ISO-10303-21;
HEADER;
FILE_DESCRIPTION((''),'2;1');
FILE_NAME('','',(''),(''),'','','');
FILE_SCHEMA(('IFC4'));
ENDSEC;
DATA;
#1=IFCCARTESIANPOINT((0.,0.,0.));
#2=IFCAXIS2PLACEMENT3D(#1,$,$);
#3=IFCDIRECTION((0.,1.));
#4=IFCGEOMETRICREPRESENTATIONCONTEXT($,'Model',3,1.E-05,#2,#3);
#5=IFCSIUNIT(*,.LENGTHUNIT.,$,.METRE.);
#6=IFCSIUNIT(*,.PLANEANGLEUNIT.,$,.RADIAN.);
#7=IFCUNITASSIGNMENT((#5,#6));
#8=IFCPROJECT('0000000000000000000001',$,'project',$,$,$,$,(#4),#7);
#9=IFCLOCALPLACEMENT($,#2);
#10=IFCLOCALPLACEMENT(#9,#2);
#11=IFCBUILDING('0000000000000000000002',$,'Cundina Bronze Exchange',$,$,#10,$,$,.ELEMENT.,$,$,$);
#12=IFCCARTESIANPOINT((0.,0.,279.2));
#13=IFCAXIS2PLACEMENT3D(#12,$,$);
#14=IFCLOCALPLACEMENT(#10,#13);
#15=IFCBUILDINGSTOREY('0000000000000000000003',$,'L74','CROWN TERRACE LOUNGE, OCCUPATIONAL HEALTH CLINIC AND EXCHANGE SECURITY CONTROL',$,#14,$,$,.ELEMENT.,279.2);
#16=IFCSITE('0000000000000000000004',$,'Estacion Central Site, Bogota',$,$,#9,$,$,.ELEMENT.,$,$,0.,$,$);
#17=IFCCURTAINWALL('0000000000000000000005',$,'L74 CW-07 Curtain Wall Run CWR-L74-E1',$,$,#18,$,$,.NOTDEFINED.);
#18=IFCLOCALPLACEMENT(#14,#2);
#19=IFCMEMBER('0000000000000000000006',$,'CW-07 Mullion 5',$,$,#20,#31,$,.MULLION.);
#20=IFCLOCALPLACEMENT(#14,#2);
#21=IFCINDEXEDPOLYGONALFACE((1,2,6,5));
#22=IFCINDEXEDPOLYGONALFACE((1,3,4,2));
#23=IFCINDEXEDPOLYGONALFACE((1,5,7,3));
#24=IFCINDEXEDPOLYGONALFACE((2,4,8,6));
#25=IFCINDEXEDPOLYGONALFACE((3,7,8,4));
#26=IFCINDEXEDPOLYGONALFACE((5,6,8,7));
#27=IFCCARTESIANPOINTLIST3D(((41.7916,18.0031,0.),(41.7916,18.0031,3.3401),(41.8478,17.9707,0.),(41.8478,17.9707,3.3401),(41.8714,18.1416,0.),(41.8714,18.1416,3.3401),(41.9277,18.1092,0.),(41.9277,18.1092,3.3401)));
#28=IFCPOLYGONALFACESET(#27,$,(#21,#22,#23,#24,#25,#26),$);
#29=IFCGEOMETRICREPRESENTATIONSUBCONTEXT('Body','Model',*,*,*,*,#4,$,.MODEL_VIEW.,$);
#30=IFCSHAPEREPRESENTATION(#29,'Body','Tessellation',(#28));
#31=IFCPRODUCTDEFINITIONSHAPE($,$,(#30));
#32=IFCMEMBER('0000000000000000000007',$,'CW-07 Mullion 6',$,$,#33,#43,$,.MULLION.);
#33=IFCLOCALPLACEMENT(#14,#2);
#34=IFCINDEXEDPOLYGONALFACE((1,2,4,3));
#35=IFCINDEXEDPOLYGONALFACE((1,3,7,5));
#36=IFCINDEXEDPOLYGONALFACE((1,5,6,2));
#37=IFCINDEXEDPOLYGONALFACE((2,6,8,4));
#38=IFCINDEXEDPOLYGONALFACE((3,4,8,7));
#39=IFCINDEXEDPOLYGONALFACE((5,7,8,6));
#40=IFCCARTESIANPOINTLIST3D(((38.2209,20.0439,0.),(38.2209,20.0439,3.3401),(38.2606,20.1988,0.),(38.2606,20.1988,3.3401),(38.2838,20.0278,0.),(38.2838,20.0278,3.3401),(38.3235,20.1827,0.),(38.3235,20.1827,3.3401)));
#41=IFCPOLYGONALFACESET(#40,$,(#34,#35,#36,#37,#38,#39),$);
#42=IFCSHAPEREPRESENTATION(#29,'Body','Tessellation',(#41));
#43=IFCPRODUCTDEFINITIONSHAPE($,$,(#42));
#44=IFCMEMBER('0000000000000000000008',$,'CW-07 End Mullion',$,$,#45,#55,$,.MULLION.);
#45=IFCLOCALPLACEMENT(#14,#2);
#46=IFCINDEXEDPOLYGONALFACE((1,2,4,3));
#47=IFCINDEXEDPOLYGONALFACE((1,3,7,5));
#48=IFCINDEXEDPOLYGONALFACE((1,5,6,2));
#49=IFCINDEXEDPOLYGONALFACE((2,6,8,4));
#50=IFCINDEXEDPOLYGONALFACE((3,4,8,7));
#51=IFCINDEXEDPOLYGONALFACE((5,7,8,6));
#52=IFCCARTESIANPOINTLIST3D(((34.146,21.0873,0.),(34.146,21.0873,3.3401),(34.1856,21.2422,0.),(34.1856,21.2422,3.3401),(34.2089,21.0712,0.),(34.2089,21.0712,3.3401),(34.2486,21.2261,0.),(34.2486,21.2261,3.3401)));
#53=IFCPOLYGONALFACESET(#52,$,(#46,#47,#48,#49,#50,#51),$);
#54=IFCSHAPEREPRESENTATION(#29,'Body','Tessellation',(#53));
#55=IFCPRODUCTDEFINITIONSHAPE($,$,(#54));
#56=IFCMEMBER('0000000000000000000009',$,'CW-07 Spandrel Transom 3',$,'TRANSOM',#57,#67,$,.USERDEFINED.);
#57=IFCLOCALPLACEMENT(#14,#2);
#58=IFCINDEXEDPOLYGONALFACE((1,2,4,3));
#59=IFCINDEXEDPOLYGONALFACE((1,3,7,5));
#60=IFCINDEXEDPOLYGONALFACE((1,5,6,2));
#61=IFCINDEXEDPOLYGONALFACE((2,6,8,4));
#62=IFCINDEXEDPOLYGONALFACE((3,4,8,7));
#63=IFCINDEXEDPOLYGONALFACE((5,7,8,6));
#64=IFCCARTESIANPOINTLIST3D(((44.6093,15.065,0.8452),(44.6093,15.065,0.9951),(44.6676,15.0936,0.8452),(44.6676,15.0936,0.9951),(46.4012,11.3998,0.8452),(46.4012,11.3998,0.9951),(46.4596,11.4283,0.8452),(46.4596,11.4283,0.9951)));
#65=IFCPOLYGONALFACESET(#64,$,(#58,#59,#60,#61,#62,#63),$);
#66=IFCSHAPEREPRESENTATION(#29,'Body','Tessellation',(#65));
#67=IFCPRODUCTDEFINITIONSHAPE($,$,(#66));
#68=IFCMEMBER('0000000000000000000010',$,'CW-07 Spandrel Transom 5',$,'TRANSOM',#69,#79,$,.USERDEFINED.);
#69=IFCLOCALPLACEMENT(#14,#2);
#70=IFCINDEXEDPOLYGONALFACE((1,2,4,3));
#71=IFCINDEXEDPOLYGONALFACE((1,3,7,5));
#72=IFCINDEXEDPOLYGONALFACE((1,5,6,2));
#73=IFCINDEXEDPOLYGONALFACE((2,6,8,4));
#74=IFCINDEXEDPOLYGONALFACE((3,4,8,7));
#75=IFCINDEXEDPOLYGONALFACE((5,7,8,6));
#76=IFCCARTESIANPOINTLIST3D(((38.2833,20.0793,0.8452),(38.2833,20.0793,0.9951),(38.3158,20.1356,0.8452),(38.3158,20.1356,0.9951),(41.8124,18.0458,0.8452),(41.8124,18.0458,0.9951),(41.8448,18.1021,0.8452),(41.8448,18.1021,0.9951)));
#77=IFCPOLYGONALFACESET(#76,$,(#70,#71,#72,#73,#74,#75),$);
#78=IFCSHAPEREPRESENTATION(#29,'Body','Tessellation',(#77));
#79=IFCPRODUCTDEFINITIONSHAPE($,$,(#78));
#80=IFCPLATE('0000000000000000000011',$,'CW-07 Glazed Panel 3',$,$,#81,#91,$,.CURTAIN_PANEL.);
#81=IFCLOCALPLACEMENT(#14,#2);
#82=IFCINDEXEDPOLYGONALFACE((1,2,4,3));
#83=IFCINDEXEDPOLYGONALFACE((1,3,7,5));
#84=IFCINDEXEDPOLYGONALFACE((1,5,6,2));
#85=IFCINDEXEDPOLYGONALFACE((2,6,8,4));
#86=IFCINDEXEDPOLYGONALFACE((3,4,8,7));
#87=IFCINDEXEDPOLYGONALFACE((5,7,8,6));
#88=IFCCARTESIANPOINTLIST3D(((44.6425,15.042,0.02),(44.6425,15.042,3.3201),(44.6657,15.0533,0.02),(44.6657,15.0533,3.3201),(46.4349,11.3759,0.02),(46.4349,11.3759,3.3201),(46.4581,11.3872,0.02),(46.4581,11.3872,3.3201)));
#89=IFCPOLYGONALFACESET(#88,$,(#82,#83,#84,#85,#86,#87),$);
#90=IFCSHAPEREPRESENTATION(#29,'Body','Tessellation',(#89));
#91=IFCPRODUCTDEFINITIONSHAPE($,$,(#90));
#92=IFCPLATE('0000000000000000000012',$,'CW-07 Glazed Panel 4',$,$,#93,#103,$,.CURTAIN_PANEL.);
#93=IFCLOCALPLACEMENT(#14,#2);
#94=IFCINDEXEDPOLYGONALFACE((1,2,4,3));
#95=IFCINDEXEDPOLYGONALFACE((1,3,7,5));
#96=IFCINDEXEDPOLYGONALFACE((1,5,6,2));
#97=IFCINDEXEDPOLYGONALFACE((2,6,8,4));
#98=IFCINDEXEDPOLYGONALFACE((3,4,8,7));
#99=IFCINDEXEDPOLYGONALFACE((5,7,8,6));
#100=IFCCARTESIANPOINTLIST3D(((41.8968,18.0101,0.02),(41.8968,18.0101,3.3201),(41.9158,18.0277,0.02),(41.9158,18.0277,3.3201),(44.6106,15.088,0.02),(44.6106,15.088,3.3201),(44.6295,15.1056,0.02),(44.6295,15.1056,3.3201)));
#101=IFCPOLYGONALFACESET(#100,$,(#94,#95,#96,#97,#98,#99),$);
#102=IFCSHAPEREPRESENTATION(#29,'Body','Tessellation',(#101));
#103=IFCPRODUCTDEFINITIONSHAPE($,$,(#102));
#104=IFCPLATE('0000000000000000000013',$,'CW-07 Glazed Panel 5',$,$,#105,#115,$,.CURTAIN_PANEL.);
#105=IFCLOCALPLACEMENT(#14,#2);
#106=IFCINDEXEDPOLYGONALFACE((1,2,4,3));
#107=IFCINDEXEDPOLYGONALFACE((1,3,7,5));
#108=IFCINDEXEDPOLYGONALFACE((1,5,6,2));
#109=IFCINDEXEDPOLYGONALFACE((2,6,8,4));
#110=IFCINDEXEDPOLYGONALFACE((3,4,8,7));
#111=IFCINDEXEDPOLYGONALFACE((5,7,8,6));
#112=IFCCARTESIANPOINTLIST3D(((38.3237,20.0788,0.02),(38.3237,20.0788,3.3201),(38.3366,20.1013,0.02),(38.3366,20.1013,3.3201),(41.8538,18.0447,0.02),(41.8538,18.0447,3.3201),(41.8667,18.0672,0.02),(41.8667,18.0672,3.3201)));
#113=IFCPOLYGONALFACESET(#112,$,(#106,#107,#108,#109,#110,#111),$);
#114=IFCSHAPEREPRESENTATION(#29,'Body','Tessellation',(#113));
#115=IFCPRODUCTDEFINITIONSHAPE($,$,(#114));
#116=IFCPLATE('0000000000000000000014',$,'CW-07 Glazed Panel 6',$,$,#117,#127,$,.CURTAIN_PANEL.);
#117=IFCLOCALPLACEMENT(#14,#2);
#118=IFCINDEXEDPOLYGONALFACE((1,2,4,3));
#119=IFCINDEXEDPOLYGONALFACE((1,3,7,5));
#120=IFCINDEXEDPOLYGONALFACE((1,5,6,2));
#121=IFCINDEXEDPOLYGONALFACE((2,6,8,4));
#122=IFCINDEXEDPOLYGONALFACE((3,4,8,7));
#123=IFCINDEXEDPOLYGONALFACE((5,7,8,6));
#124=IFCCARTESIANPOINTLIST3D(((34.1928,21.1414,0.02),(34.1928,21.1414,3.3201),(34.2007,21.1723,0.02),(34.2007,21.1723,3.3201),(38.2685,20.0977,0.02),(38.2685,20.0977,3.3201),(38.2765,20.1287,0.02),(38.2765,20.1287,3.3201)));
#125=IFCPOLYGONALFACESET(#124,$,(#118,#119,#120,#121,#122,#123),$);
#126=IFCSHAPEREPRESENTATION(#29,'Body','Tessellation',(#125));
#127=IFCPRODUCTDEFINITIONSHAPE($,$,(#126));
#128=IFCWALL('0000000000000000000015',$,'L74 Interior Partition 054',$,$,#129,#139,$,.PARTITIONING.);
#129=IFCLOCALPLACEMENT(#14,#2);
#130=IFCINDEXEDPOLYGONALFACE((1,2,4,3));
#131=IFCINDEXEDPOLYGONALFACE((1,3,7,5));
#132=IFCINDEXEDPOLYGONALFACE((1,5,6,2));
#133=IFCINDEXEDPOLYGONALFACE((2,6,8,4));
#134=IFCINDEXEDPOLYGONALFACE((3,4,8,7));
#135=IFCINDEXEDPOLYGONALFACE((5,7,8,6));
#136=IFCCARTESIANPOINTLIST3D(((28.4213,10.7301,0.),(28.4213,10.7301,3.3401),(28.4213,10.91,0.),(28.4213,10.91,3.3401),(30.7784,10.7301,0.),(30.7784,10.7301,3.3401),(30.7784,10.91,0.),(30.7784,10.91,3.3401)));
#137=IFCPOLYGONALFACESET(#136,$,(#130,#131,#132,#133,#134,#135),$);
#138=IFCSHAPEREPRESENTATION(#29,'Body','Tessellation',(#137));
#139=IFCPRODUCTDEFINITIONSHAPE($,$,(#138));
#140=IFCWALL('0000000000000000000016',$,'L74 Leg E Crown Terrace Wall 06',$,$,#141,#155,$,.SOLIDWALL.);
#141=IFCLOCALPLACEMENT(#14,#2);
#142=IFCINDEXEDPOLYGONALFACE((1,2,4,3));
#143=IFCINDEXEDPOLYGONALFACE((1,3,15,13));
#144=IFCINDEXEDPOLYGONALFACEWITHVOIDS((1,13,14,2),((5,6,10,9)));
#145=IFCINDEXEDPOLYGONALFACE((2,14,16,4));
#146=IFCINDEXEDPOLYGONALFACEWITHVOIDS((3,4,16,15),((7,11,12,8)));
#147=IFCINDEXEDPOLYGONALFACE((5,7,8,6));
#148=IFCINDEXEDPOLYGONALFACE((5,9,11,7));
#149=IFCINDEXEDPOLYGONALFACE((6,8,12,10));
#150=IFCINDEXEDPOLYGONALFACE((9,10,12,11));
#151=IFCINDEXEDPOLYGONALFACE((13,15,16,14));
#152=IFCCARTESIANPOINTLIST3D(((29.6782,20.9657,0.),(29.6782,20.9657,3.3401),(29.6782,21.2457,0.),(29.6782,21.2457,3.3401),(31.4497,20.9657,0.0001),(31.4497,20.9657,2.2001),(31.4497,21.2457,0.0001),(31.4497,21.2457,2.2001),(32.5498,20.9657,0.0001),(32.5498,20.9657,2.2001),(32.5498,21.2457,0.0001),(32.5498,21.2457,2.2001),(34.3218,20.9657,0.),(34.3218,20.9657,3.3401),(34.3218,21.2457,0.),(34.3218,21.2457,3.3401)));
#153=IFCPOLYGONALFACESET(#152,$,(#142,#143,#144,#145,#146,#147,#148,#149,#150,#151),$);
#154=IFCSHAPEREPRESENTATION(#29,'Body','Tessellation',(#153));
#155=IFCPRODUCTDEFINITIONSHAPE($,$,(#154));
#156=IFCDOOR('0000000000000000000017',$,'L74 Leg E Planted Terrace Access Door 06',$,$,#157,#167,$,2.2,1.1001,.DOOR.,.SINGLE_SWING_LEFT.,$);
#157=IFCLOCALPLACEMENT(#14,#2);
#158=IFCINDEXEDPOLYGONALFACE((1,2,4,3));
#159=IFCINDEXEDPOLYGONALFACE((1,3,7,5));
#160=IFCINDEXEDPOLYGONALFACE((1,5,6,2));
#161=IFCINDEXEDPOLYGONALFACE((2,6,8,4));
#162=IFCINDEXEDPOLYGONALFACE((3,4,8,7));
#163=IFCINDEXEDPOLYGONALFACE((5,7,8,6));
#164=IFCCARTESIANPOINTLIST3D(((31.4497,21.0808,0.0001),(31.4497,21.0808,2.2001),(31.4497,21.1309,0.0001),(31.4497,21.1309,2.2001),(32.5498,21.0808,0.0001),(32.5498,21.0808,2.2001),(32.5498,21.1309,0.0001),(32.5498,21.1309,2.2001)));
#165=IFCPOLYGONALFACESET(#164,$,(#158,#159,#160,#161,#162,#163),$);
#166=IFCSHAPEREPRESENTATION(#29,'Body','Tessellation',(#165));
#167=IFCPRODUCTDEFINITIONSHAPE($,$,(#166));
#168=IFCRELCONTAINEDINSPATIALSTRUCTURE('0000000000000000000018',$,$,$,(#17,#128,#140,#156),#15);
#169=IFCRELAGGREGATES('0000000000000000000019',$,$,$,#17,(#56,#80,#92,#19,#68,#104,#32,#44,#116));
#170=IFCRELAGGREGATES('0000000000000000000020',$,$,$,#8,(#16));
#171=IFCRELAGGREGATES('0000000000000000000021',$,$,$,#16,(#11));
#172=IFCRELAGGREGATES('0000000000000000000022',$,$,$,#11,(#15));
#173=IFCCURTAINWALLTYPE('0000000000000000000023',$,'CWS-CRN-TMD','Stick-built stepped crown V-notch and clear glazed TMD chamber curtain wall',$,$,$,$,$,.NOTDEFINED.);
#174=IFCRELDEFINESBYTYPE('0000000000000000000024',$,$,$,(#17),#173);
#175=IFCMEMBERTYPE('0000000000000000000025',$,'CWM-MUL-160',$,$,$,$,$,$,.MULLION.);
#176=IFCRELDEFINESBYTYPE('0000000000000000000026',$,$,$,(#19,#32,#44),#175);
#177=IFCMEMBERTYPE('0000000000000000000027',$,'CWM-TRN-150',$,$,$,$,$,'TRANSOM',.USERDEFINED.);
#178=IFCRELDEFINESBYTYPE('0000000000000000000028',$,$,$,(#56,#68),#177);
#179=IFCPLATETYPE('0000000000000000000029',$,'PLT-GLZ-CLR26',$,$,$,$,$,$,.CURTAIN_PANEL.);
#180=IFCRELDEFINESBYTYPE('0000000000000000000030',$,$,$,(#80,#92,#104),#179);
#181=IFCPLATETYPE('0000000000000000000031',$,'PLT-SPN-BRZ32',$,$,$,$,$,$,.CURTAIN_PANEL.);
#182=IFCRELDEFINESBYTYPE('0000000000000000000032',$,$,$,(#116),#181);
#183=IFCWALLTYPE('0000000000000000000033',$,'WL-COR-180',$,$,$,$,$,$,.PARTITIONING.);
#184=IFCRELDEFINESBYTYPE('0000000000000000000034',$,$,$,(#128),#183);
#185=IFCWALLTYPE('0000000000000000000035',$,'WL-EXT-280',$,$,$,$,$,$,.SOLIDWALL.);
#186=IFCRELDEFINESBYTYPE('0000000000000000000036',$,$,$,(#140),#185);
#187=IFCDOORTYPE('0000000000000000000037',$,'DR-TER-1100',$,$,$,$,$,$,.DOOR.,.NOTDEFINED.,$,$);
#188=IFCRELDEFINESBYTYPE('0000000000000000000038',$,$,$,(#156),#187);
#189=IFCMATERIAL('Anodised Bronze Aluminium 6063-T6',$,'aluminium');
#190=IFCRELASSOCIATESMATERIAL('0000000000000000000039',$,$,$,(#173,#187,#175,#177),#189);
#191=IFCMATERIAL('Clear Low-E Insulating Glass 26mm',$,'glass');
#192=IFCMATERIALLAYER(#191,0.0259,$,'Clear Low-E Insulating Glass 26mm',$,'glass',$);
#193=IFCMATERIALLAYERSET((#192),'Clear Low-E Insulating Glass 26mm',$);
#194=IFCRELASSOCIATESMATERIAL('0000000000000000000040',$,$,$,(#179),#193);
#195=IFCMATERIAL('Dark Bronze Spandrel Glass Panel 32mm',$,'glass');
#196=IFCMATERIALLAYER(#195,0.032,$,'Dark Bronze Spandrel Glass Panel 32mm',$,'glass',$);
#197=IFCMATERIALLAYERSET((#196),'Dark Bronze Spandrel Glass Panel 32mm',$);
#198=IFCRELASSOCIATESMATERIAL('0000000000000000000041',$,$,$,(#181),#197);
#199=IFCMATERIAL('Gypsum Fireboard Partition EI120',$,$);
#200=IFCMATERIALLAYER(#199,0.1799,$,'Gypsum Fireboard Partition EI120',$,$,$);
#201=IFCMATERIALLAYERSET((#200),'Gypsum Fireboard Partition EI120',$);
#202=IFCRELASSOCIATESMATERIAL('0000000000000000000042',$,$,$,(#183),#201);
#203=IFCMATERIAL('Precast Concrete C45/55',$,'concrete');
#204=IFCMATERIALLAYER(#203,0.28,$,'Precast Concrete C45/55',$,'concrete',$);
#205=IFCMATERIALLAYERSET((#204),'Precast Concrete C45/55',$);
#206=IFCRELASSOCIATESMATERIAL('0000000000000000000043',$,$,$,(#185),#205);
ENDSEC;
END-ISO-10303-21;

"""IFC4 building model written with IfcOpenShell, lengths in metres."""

from ifc_helpers import new_model, si_unit, direction, frame, frame_2d, origin, origin_2d, place, context, subcontext, project, spatial, rectangle, extrude, material, layer, layer_set, material_profile, profile_set, type_object, element, fill, aggregate, save


model = new_model("IFC4")

# Units and contexts
model_context = context("Model", 3, precision=1e-05, world=origin(), true_north=direction((0.0, 1.0)))
body_context = subcontext(model_context, "Body", "Model", "MODEL_VIEW")
ifc_project = project(units=[si_unit("LENGTHUNIT", "METRE"), si_unit("PLANEANGLEUNIT", "RADIAN")], contexts=[model_context])

# Site, building, storey
site_placement = place(None, origin())
site = spatial("IfcSite", under=ifc_project, at=site_placement, Name="Estacion Central Site, Bogota", CompositionType="ELEMENT", RefElevation=0.0)
building_placement = place(site_placement, origin())
building = spatial("IfcBuilding", under=site, at=building_placement, Name="Cundina Bronze Exchange", CompositionType="ELEMENT")
storey_placement = place(building_placement, frame((0.0, 0.0, 279.2)))
storey = spatial("IfcBuildingStorey", under=building, at=storey_placement, Name="L74", Description="CROWN TERRACE LOUNGE, OCCUPATIONAL HEALTH CLINIC AND EXCHANGE SECURITY CONTROL", CompositionType="ELEMENT", Elevation=279.2)

# Curtain wall, members, plates
ifc_material_1 = material(Name="Anodised Bronze Aluminium 6063-T6", Category="aluminium")
curtain_wall_type = type_object("IfcCurtainWallType", Name="CWS-CRN-TMD", Description="Stick-built stepped crown V-notch and clear glazed TMD chamber curtain wall", PredefinedType="NOTDEFINED", material=ifc_material_1)
curtain_wall_placement = place(storey_placement, origin())
curtain_wall = element("IfcCurtainWall", 1, at=curtain_wall_placement, inside=storey, type_object=curtain_wall_type, Name="L74 CW-07 Curtain Wall Run CWR-L74-E1", PredefinedType="NOTDEFINED")
ifc_material_profile_1 = material_profile(ifc_material_1, rectangle(XDim=0.0649, YDim=0.1599, at=origin_2d()), Name="AL65X160", Category="aluminium")
ifc_profile_set_1 = profile_set([ifc_material_profile_1], Name="Anodised Bronze Aluminium 6063-T6")
member_type_1 = type_object("IfcMemberType", Name="CWM-MUL-160", PredefinedType="MULLION", material=ifc_profile_set_1)
member_1_placement = place(storey_placement, frame((41.8596, 18.0562, 0.0), z_axis=(0.0, 0.0, 1.0), x_axis=(-0.866461, 0.499244, 0.0)))
member_1 = element("IfcMember", 2, at=member_1_placement, type_object=member_type_1, Name="CW-07 Mullion 5", PredefinedType="MULLION", context=body_context, shape_type="SweptSolid", body=[
    extrude(rectangle(XDim=0.0649, YDim=0.1599, at=origin_2d()), origin(), (0.0, 0.0, 1.0), 3.3401),
])
member_2_placement = place(storey_placement, frame((38.2722, 20.1133, 0.0), z_axis=(0.0, 0.0, 1.0), x_axis=(-0.968757, 0.248014, 0.0)))
member_2 = element("IfcMember", 3, at=member_2_placement, type_object=member_type_1, Name="CW-07 Mullion 6", PredefinedType="MULLION", context=body_context, shape_type="SweptSolid", body=[
    extrude(rectangle(XDim=0.0649, YDim=0.1599, at=origin_2d()), origin(), (0.0, 0.0, 1.0), 3.3401),
])
member_3_placement = place(storey_placement, frame((34.1973, 21.1567, 0.0), z_axis=(0.0, 0.0, 1.0), x_axis=(-0.968757, 0.248014, 0.0)))
member_3 = element("IfcMember", 4, at=member_3_placement, type_object=member_type_1, Name="CW-07 End Mullion", PredefinedType="MULLION", context=body_context, shape_type="SweptSolid", body=[
    extrude(rectangle(XDim=0.0649, YDim=0.1599, at=origin_2d()), origin(), (0.0, 0.0, 1.0), 3.3401),
])
ifc_material_profile_2 = material_profile(ifc_material_1, rectangle(XDim=0.0649, YDim=0.1499, at=origin_2d()), Name="AL65X150", Category="aluminium")
ifc_profile_set_2 = profile_set([ifc_material_profile_2], Name="Anodised Bronze Aluminium 6063-T6")
member_type_2 = type_object("IfcMemberType", Name="CWM-TRN-150", ElementType="TRANSOM", PredefinedType="USERDEFINED", material=ifc_profile_set_2)
member_4_placement = place(storey_placement, frame((46.4304, 11.4141, 0.9202), z_axis=(-0.439225, 0.898377, 0.0), x_axis=(-0.898377, -0.439225, 0.0)))
member_4 = element("IfcMember", 5, at=member_4_placement, type_object=member_type_2, Name="CW-07 Spandrel Transom 3", ObjectType="TRANSOM", PredefinedType="USERDEFINED", context=body_context, shape_type="SweptSolid", body=[
    extrude(rectangle(XDim=0.0649, YDim=0.1499, at=origin_2d()), origin(), (0.0, 0.0, 1.0), 4.0798),
])
member_5_placement = place(storey_placement, frame((41.8286, 18.074, 0.9202), z_axis=(-0.866456, 0.499254, 0.0), x_axis=(-0.499254, -0.866456, 0.0)))
member_5 = element("IfcMember", 6, at=member_5_placement, type_object=member_type_2, Name="CW-07 Spandrel Transom 5", ObjectType="TRANSOM", PredefinedType="USERDEFINED", context=body_context, shape_type="SweptSolid", body=[
    extrude(rectangle(XDim=0.0649, YDim=0.1499, at=origin_2d()), origin(), (0.0, 0.0, 1.0), 4.073),
])
ifc_material_2 = material(Name="Clear Low-E Insulating Glass 26mm", Category="glass")
ifc_layer_1 = layer(ifc_material_2, 0.0259, Name="Clear Low-E Insulating Glass 26mm", Category="glass")
ifc_layer_set_1 = layer_set([ifc_layer_1], Name="Clear Low-E Insulating Glass 26mm")
plate_type_1 = type_object("IfcPlateType", Name="PLT-GLZ-CLR26", PredefinedType="CURTAIN_PANEL", material=ifc_layer_set_1)
plate_1_placement = place(storey_placement, frame((45.5503, 13.2146, 0.02), z_axis=(0.0, 0.0, 1.0), x_axis=(-0.439234, 0.898373, 0.0)))
plate_1 = element("IfcPlate", 7, at=plate_1_placement, type_object=plate_type_1, Name="CW-07 Glazed Panel 3", PredefinedType="CURTAIN_PANEL", context=body_context, shape_type="SweptSolid", body=[
    extrude(rectangle(XDim=4.0808, YDim=0.0259, at=origin_2d()), origin(), (0.0, 0.0, 1.0), 3.3),
])
plate_2_placement = place(storey_placement, frame((43.2632, 16.5579, 0.02), z_axis=(0.0, 0.0, 1.0), x_axis=(-0.680503, 0.732745, 0.0)))
plate_2 = element("IfcPlate", 8, at=plate_2_placement, type_object=plate_type_1, Name="CW-07 Glazed Panel 4", PredefinedType="CURTAIN_PANEL", context=body_context, shape_type="SweptSolid", body=[
    extrude(rectangle(XDim=3.9878, YDim=0.0259, at=origin_2d()), origin(), (0.0, 0.0, 1.0), 3.3),
])
plate_3_placement = place(storey_placement, frame((40.0952, 19.073, 0.02), z_axis=(0.0, 0.0, 1.0), x_axis=(-0.866453, 0.499259, 0.0)))
plate_3 = element("IfcPlate", 9, at=plate_3_placement, type_object=plate_type_1, Name="CW-07 Glazed Panel 5", PredefinedType="CURTAIN_PANEL", context=body_context, shape_type="SweptSolid", body=[
    extrude(rectangle(XDim=4.0742, YDim=0.0259, at=origin_2d()), origin(), (0.0, 0.0, 1.0), 3.3),
])
ifc_material_3 = material(Name="Dark Bronze Spandrel Glass Panel 32mm", Category="glass")
ifc_layer_2 = layer(ifc_material_3, 0.032, Name="Dark Bronze Spandrel Glass Panel 32mm", Category="glass")
ifc_layer_set_2 = layer_set([ifc_layer_2], Name="Dark Bronze Spandrel Glass Panel 32mm")
plate_type_2 = type_object("IfcPlateType", Name="PLT-SPN-BRZ32", PredefinedType="CURTAIN_PANEL", material=ifc_layer_set_2)
plate_4_placement = place(storey_placement, frame((36.2346, 20.635, 0.02), z_axis=(0.0, 0.0, 1.0), x_axis=(-0.968744, 0.248064, 0.0)))
plate_4 = element("IfcPlate", 10, at=plate_4_placement, type_object=plate_type_2, Name="CW-07 Glazed Panel 6", PredefinedType="CURTAIN_PANEL", context=body_context, shape_type="SweptSolid", body=[
    extrude(rectangle(XDim=4.2073, YDim=0.032, at=origin_2d()), origin(), (0.0, 0.0, 1.0), 3.3),
])
aggregate(curtain_wall, [member_4, plate_1, plate_2, member_1, member_5, plate_3, member_2, member_3, plate_4])

# Wall
ifc_material_4 = material(Name="Gypsum Fireboard Partition EI120")
ifc_layer_3 = layer(ifc_material_4, 0.1799, Name="Gypsum Fireboard Partition EI120")
ifc_layer_set_3 = layer_set([ifc_layer_3], Name="Gypsum Fireboard Partition EI120")
wall_type_1 = type_object("IfcWallType", Name="WL-COR-180", PredefinedType="PARTITIONING", material=ifc_layer_set_3)
wall_1_placement = place(storey_placement, frame((30.7786, 10.8201, 0.0), z_axis=(0.0, 0.0, 1.0), x_axis=(-1.0, 0.0, 0.0)))
element("IfcWall", 11, at=wall_1_placement, inside=storey, type_object=wall_type_1, Name="L74 Interior Partition 054", PredefinedType="PARTITIONING", context=body_context, shape_type="SweptSolid", body=[
    extrude(rectangle(XDim=2.3572, YDim=0.1799, at=frame_2d((1.1787, 0.0))), origin(), (0.0, 0.0, 1.0), 3.3401),
])

# Wall, opening, door
ifc_material_5 = material(Name="Precast Concrete C45/55", Category="concrete")
ifc_layer_4 = layer(ifc_material_5, 0.28, Name="Precast Concrete C45/55", Category="concrete")
ifc_layer_set_4 = layer_set([ifc_layer_4], Name="Precast Concrete C45/55")
wall_type_2 = type_object("IfcWallType", Name="WL-EXT-280", PredefinedType="SOLIDWALL", material=ifc_layer_set_4)
wall_2_placement = place(storey_placement, frame((34.3218, 21.1057, 0.0), z_axis=(0.0, 0.0, 1.0), x_axis=(-1.0, 0.0, 0.0)))
wall_2 = element("IfcWall", 12, at=wall_2_placement, inside=storey, type_object=wall_type_2, Name="L74 Leg E Crown Terrace Wall 06", PredefinedType="SOLIDWALL", context=body_context, shape_type="SweptSolid", body=[
    extrude(rectangle(XDim=4.6436, YDim=0.28, at=frame_2d((2.3218, 0.0))), origin(), (0.0, 0.0, 1.0), 3.3401),
])
opening_1_placement = place(wall_2_placement, frame((1.772, 0.0, 0.0)))
opening_1 = element("IfcOpeningElement", 13, at=opening_1_placement, cuts=wall_2, PredefinedType="OPENING", context=body_context, shape_type="SweptSolid", body=[
    extrude(rectangle(XDim=1.1001, YDim=2.2, at=frame_2d((0.55, 1.1001))), frame((0.0, 0.1499, 0.0), z_axis=(0.0, -1.0, 0.0), x_axis=(1.0, 0.0, 0.0)), (0.0, 0.0, 1.0), 0.3),
])
door_type = type_object("IfcDoorType", Name="DR-TER-1100", OperationType="NOTDEFINED", PredefinedType="DOOR", material=ifc_material_1)
door_placement = place(opening_1_placement, origin())
door = element("IfcDoor", 14, at=door_placement, inside=storey, type_object=door_type, Name="L74 Leg E Planted Terrace Access Door 06", OperationType="SINGLE_SWING_LEFT", OverallHeight=2.2, OverallWidth=1.1001, PredefinedType="DOOR", context=body_context, shape_type="SweptSolid", body=[
    extrude(rectangle(XDim=1.1001, YDim=2.2, at=frame_2d((0.55, 1.1001))), frame((0.0, 0.0249, 0.0), z_axis=(0.0, -1.0, 0.0), x_axis=(1.0, 0.0, 0.0)), (0.0, 0.0, 1.0), 0.05),
])
fill(opening_1, door)

save(model, "model.ifc")
